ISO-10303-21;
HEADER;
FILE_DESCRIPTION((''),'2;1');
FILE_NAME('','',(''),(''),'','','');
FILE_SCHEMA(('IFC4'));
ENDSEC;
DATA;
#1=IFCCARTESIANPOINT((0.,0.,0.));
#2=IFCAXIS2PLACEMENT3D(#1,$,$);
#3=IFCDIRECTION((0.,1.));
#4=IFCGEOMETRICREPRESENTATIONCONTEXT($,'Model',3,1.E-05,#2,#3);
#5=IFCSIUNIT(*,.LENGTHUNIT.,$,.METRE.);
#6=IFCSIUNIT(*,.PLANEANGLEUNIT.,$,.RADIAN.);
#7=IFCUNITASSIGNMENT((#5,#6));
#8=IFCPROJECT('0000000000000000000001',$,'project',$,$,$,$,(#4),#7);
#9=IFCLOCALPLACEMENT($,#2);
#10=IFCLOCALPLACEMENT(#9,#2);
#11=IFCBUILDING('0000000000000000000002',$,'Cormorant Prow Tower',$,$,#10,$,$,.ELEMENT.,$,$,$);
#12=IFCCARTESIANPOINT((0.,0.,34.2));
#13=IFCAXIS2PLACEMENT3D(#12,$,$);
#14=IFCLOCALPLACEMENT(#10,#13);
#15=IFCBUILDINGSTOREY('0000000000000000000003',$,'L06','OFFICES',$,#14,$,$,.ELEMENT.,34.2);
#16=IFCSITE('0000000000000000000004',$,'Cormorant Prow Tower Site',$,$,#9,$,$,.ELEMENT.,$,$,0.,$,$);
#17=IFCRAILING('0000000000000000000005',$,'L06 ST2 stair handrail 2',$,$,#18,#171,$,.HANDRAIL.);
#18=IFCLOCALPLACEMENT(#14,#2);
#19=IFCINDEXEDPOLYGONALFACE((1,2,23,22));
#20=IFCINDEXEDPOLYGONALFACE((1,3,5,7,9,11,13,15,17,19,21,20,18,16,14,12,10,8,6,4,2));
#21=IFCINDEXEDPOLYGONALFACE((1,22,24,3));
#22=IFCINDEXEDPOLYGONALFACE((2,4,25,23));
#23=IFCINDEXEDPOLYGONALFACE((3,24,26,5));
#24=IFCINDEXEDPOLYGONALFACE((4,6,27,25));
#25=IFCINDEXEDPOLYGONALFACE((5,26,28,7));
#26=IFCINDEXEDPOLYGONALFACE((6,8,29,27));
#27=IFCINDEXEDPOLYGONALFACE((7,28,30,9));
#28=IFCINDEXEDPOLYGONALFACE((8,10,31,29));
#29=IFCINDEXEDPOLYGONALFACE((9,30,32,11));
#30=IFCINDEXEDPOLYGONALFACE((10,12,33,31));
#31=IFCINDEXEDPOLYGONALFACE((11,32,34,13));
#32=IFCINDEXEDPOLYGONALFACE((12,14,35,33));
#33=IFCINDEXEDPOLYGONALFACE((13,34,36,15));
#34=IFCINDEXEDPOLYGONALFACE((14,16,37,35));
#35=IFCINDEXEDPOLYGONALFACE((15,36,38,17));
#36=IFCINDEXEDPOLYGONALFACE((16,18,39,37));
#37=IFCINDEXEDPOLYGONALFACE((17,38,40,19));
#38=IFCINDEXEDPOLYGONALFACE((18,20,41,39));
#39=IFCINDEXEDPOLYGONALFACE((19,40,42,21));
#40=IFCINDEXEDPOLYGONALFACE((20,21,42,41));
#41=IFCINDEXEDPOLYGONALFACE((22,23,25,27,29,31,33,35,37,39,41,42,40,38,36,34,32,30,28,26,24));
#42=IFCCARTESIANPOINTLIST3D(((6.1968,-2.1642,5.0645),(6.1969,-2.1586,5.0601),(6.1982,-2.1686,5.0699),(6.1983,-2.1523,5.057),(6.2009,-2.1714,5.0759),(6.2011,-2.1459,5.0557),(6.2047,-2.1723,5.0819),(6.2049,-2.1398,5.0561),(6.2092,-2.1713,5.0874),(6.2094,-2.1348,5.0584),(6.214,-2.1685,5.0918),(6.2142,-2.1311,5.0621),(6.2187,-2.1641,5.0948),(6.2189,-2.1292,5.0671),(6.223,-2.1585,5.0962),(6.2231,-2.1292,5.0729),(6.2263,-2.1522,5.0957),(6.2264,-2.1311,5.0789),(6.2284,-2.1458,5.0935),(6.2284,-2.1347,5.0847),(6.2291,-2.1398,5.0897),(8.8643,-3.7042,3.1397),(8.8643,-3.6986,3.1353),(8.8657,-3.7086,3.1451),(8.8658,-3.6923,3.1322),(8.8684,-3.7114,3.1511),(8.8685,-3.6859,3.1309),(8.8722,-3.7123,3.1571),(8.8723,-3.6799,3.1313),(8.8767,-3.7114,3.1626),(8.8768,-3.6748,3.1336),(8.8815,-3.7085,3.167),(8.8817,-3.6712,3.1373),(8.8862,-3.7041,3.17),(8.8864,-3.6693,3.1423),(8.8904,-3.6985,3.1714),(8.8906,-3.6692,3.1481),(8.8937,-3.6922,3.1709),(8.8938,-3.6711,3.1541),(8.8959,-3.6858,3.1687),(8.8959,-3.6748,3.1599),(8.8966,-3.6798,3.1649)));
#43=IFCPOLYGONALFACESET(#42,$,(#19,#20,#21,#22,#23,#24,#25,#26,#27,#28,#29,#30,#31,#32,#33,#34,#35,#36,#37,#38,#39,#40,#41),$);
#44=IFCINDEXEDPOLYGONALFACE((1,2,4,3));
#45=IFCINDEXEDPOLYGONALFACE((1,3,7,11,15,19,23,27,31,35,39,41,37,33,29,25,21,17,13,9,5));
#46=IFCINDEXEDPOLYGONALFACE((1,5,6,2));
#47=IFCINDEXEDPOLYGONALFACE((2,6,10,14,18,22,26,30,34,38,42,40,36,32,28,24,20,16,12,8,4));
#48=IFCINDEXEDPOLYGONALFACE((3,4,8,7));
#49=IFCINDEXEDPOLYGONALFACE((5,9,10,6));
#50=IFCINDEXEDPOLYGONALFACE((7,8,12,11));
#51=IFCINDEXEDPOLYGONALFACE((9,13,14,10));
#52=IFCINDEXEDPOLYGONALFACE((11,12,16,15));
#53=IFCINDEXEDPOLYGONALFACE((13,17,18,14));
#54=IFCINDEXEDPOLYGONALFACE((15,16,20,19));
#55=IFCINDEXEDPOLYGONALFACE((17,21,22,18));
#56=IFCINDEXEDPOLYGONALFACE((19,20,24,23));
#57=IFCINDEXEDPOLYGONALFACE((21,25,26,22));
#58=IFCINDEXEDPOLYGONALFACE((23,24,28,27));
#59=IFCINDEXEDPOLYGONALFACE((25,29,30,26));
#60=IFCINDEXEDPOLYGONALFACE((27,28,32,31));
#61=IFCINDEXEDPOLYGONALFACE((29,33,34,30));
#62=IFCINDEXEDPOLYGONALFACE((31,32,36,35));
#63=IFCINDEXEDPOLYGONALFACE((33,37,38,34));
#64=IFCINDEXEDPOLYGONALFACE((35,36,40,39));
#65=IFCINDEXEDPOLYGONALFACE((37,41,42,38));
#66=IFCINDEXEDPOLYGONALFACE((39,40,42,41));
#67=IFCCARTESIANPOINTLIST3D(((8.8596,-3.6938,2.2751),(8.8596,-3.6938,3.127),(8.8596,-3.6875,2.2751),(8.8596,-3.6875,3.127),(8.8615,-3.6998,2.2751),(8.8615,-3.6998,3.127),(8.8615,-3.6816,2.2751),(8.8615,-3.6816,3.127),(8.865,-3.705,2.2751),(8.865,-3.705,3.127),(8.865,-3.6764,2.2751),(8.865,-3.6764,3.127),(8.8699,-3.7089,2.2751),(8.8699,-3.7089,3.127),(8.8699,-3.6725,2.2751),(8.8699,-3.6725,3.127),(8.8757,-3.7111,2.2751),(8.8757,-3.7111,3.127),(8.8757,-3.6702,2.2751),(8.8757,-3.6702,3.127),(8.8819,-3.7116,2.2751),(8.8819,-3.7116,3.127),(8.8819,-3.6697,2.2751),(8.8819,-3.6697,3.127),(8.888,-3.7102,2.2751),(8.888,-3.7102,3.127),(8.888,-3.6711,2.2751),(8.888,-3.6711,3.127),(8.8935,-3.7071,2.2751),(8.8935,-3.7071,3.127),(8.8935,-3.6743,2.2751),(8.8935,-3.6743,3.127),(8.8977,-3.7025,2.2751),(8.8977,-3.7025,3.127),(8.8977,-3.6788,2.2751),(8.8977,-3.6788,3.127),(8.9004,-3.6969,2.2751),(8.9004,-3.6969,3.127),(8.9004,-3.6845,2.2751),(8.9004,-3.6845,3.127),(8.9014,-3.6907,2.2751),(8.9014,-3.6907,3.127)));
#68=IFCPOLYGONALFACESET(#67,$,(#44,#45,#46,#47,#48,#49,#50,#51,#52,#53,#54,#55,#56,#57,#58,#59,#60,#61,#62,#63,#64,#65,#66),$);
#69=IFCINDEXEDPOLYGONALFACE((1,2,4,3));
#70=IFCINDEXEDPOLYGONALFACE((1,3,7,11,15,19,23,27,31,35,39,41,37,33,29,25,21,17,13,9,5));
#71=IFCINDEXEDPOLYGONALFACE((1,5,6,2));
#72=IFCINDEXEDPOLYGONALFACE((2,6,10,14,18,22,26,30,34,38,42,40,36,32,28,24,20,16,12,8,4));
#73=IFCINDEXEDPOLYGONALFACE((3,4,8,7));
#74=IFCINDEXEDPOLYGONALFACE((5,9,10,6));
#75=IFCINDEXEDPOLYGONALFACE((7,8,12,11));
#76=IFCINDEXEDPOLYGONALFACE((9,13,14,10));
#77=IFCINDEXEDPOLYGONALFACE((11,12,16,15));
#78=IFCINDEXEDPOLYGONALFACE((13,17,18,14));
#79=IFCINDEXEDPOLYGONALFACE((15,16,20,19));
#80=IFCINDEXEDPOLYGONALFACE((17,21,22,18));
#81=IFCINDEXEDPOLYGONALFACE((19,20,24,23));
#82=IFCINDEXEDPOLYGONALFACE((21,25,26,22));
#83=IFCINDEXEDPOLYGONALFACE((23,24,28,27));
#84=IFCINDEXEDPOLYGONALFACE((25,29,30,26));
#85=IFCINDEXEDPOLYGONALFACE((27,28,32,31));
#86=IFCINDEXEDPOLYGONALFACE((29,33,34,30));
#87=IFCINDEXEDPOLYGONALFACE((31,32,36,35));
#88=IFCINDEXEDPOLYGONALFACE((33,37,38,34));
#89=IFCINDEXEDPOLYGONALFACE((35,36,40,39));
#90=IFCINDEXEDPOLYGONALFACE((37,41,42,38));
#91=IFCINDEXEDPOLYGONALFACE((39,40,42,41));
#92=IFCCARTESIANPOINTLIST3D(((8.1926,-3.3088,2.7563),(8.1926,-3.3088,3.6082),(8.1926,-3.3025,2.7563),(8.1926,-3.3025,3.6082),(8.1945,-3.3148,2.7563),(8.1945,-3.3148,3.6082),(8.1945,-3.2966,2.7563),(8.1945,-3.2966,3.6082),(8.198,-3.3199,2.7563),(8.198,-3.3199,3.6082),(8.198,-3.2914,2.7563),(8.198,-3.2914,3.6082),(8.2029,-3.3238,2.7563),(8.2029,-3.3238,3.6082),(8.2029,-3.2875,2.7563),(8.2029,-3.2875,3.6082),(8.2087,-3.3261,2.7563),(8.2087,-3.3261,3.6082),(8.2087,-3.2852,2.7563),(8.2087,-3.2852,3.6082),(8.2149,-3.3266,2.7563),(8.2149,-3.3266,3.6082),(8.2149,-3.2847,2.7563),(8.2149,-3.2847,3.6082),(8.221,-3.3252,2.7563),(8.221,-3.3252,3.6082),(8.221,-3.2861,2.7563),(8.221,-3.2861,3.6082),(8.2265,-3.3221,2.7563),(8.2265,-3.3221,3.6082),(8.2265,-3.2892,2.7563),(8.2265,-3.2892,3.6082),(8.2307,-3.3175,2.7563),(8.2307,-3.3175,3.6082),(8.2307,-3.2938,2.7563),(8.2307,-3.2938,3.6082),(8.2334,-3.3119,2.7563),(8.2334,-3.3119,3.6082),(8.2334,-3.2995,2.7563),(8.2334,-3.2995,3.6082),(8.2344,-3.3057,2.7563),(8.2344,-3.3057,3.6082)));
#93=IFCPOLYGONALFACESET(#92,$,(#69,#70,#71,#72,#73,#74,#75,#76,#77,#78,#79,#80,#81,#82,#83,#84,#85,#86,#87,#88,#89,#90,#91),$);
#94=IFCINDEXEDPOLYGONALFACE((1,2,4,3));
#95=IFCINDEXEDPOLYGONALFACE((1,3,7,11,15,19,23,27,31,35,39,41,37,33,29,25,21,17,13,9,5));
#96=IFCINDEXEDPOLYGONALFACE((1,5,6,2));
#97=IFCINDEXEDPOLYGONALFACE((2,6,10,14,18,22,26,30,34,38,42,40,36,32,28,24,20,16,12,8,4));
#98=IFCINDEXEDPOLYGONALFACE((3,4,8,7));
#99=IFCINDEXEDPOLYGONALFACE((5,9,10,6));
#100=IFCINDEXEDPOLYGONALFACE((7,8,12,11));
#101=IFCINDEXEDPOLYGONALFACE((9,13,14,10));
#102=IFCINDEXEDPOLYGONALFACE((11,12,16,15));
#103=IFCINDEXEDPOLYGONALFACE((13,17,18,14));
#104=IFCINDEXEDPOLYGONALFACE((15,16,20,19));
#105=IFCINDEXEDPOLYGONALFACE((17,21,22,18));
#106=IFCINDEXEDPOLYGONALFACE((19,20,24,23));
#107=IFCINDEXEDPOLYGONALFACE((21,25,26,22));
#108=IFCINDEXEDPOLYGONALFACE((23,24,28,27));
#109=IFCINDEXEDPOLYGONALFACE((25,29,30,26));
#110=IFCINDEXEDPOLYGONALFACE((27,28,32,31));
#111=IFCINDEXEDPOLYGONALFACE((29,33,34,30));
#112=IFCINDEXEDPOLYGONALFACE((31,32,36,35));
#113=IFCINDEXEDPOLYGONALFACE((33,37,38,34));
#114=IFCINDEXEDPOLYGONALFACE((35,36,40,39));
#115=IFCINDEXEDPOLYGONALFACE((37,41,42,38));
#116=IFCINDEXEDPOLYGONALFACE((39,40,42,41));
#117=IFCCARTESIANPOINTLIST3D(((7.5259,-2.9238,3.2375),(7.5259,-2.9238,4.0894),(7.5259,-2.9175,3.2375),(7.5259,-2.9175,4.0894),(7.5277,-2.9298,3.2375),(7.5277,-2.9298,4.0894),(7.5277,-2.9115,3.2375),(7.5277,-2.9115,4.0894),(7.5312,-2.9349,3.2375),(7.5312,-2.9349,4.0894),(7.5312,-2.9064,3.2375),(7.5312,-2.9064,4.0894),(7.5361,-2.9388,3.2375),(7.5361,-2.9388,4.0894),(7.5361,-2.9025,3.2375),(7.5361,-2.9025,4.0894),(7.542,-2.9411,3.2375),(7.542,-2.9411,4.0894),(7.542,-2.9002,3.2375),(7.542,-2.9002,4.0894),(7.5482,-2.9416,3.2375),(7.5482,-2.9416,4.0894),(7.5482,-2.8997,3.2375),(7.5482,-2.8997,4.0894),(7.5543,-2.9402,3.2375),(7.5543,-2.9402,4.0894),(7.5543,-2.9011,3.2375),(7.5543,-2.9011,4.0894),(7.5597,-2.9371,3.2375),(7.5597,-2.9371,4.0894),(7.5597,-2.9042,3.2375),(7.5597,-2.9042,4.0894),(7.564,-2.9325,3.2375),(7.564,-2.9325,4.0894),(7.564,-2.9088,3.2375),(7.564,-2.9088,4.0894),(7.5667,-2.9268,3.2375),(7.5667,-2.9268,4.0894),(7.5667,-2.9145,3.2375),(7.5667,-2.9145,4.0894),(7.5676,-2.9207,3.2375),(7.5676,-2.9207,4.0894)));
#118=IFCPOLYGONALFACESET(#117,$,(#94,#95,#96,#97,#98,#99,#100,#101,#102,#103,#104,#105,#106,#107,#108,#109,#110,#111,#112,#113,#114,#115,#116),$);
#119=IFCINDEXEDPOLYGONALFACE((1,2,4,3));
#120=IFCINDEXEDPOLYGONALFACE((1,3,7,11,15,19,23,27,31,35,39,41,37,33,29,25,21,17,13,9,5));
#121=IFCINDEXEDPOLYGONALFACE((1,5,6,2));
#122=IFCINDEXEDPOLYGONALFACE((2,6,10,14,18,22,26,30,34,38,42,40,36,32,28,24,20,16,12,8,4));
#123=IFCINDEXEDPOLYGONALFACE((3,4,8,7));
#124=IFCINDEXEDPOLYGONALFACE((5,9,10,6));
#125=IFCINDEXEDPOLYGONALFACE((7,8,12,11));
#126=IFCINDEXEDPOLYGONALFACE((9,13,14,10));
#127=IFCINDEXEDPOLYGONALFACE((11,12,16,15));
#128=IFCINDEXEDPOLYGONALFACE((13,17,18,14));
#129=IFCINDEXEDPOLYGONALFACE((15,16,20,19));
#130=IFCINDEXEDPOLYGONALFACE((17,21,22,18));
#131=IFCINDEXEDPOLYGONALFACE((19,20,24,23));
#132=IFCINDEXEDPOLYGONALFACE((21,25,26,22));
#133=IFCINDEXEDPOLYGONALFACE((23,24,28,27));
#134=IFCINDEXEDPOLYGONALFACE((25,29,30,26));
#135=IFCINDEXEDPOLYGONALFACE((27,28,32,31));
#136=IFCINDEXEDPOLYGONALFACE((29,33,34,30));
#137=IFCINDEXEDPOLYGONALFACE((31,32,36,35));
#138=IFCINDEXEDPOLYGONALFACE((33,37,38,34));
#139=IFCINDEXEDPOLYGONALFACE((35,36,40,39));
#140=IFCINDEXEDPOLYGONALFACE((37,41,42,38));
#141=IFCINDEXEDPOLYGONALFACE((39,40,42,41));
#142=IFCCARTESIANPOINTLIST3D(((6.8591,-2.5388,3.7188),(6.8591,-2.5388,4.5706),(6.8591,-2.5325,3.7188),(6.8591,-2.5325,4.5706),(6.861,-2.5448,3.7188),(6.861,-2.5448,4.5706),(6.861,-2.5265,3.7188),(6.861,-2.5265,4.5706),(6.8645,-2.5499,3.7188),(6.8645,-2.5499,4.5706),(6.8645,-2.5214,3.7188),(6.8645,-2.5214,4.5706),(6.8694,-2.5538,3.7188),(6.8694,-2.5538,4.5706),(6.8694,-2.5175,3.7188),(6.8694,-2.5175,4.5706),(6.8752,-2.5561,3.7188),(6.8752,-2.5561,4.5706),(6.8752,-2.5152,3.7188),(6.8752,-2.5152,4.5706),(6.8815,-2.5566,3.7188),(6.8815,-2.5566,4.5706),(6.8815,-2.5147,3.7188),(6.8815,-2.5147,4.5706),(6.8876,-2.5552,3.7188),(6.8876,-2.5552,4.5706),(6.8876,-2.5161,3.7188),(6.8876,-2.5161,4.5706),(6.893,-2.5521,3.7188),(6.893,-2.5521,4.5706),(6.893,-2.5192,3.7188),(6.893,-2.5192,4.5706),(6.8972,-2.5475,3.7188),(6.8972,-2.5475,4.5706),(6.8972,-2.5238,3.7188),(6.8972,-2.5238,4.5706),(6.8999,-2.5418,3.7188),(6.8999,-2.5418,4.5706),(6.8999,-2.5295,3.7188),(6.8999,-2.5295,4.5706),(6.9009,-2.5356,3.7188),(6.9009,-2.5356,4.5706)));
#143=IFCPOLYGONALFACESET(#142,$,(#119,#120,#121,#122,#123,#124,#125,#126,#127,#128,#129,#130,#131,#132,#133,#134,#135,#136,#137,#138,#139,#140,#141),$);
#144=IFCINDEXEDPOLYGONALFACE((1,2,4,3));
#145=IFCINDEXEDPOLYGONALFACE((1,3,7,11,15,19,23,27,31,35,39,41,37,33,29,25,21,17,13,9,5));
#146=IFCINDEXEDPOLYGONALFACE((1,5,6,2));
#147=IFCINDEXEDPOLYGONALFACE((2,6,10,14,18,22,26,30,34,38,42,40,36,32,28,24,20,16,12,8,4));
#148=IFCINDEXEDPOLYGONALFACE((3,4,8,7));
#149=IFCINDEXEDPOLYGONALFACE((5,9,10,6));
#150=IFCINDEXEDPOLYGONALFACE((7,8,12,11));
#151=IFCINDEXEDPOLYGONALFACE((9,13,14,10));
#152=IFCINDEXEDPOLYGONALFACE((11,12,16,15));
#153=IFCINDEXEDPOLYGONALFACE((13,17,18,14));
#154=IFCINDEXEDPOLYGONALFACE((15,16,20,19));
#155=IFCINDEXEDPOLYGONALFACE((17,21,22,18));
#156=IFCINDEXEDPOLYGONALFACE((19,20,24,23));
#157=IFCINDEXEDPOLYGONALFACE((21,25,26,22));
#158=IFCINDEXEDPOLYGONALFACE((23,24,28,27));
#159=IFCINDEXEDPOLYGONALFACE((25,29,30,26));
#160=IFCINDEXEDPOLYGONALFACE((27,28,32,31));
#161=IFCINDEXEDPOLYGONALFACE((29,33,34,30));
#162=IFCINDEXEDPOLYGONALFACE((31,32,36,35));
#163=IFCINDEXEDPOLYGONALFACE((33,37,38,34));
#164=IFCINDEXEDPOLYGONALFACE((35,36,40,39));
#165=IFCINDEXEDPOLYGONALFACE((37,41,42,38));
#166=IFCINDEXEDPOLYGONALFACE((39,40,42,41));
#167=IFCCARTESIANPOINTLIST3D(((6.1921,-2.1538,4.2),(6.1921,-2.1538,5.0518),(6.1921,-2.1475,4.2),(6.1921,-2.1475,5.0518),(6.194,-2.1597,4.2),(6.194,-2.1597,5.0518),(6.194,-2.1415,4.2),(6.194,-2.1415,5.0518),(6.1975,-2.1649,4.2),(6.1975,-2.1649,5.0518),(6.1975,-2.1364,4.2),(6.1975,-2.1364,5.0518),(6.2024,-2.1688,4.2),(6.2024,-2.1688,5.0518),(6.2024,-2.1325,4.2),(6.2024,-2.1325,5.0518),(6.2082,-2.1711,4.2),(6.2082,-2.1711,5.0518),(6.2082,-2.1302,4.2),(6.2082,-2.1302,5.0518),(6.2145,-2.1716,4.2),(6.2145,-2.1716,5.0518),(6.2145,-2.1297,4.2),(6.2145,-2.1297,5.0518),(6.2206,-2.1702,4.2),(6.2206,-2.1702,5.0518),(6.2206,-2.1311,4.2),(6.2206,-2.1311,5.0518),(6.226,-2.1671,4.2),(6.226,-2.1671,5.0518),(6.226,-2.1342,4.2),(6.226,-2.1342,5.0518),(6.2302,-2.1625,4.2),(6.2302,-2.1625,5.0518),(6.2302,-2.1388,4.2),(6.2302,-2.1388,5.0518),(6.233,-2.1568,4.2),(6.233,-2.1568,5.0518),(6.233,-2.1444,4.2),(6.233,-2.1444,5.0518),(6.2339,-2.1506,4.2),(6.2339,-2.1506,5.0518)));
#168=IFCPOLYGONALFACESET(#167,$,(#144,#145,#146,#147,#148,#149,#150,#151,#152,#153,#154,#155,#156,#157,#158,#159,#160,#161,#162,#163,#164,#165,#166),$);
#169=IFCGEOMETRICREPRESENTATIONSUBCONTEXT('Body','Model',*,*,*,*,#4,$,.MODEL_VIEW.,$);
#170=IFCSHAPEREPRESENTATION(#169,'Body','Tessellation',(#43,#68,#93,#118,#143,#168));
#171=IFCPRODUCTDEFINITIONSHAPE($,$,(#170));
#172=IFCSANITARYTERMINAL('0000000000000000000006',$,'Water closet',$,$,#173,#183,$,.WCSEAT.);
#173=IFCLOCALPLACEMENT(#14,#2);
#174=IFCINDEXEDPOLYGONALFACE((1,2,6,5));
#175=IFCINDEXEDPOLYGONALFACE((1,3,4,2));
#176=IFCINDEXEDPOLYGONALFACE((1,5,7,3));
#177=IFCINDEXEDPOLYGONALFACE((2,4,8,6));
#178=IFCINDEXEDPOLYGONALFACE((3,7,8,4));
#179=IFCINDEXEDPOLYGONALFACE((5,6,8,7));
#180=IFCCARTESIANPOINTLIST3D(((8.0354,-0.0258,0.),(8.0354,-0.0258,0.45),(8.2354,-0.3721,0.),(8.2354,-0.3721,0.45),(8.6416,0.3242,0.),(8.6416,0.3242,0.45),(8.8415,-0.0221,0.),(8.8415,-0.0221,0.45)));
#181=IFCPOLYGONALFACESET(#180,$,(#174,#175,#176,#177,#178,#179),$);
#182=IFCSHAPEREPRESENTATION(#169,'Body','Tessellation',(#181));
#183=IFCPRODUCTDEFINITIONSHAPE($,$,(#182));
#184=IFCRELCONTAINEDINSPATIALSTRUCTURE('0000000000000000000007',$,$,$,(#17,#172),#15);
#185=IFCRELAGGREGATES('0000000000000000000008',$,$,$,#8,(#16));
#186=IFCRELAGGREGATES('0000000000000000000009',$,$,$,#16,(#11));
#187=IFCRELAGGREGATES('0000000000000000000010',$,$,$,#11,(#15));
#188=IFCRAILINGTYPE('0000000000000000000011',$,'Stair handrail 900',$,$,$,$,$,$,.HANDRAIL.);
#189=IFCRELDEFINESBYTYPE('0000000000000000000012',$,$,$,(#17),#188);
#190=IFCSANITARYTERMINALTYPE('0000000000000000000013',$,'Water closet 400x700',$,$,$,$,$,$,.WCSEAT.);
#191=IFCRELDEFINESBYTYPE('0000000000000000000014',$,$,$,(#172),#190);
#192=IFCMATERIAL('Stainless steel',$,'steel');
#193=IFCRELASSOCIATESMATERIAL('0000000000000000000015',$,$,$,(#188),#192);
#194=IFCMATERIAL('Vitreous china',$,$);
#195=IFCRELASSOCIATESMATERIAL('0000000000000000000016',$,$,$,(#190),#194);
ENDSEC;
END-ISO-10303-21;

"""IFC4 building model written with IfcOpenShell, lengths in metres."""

from ifc_helpers import new_model, si_unit, direction, frame, origin, origin_2d, place, context, subcontext, project, spatial, rectangle, circle, extrude, material, type_object, element, save


model = new_model("IFC4")

# Units and contexts
model_context = context("Model", 3, precision=1e-05, world=origin(), true_north=direction((0.0, 1.0)))
body_context = subcontext(model_context, "Body", "Model", "MODEL_VIEW")
ifc_project = project(units=[si_unit("LENGTHUNIT", "METRE"), si_unit("PLANEANGLEUNIT", "RADIAN")], contexts=[model_context])

# Site, building, storey
site_placement = place(None, origin())
site = spatial("IfcSite", under=ifc_project, at=site_placement, Name="Cormorant Prow Tower Site", CompositionType="ELEMENT", RefElevation=0.0)
building_placement = place(site_placement, origin())
building = spatial("IfcBuilding", under=site, at=building_placement, Name="Cormorant Prow Tower", CompositionType="ELEMENT")
storey_placement = place(building_placement, frame((0.0, 0.0, 34.2)))
storey = spatial("IfcBuildingStorey", under=building, at=storey_placement, Name="L06", Description="OFFICES", CompositionType="ELEMENT", Elevation=34.2)

# Railing
ifc_material_1 = material(Name="Stainless steel", Category="steel")
railing_type_1 = type_object("IfcRailingType", Name="Stair handrail 900", PredefinedType="HANDRAIL", material=ifc_material_1)
railing_1_placement = place(storey_placement, frame((8.8804, -3.6907, 2.2751)))
element("IfcRailing", 1, at=railing_1_placement, inside=storey, type_object=railing_type_1, Name="L06 ST2 stair handrail 2", PredefinedType="HANDRAIL", context=body_context, shape_type="SweptSolid", body=[
    extrude(circle(Radius=0.0239, at=origin_2d()), frame((0.0, 0.0, 0.876), z_axis=(-0.734421, 0.42401, 0.529945), x_axis=(-0.499992, -0.86603, 0.0)), (0.0, 0.0, 1.0), 3.6321),
    extrude(circle(Radius=0.021, at=origin_2d()), origin(), (0.0, 0.0, 1.0), 0.8518),
    extrude(circle(Radius=0.021, at=origin_2d()), frame((-0.667, 0.385, 0.4812)), (0.0, 0.0, 1.0), 0.8518),
    extrude(circle(Radius=0.021, at=origin_2d()), frame((-1.3337, 0.77, 0.9624)), (0.0, 0.0, 1.0), 0.8518),
    extrude(circle(Radius=0.021, at=origin_2d()), frame((-2.0005, 1.155, 1.4436)), (0.0, 0.0, 1.0), 0.8518),
    extrude(circle(Radius=0.021, at=origin_2d()), frame((-2.6675, 1.54, 1.9248)), (0.0, 0.0, 1.0), 0.8518),
])

# Sanitary terminal
ifc_material_2 = material(Name="Vitreous china")
sanitary_terminal_type = type_object("IfcSanitaryTerminalType", Name="Water closet 400x700", PredefinedType="WCSEAT", material=ifc_material_2)
sanitary_terminal_placement = place(storey_placement, frame((8.4385, -0.0239, 0.0), z_axis=(0.0, 0.0, 1.0), x_axis=(0.5, -0.866025, 0.0)))
element("IfcSanitaryTerminal", 2, at=sanitary_terminal_placement, inside=storey, type_object=sanitary_terminal_type, Name="Water closet", PredefinedType="WCSEAT", context=body_context, shape_type="SweptSolid", body=[
    extrude(rectangle(XDim=0.3999, YDim=0.7, at=origin_2d()), origin(), (0.0, 0.0, 1.0), 0.45),
])

save(model, "model.ifc")
